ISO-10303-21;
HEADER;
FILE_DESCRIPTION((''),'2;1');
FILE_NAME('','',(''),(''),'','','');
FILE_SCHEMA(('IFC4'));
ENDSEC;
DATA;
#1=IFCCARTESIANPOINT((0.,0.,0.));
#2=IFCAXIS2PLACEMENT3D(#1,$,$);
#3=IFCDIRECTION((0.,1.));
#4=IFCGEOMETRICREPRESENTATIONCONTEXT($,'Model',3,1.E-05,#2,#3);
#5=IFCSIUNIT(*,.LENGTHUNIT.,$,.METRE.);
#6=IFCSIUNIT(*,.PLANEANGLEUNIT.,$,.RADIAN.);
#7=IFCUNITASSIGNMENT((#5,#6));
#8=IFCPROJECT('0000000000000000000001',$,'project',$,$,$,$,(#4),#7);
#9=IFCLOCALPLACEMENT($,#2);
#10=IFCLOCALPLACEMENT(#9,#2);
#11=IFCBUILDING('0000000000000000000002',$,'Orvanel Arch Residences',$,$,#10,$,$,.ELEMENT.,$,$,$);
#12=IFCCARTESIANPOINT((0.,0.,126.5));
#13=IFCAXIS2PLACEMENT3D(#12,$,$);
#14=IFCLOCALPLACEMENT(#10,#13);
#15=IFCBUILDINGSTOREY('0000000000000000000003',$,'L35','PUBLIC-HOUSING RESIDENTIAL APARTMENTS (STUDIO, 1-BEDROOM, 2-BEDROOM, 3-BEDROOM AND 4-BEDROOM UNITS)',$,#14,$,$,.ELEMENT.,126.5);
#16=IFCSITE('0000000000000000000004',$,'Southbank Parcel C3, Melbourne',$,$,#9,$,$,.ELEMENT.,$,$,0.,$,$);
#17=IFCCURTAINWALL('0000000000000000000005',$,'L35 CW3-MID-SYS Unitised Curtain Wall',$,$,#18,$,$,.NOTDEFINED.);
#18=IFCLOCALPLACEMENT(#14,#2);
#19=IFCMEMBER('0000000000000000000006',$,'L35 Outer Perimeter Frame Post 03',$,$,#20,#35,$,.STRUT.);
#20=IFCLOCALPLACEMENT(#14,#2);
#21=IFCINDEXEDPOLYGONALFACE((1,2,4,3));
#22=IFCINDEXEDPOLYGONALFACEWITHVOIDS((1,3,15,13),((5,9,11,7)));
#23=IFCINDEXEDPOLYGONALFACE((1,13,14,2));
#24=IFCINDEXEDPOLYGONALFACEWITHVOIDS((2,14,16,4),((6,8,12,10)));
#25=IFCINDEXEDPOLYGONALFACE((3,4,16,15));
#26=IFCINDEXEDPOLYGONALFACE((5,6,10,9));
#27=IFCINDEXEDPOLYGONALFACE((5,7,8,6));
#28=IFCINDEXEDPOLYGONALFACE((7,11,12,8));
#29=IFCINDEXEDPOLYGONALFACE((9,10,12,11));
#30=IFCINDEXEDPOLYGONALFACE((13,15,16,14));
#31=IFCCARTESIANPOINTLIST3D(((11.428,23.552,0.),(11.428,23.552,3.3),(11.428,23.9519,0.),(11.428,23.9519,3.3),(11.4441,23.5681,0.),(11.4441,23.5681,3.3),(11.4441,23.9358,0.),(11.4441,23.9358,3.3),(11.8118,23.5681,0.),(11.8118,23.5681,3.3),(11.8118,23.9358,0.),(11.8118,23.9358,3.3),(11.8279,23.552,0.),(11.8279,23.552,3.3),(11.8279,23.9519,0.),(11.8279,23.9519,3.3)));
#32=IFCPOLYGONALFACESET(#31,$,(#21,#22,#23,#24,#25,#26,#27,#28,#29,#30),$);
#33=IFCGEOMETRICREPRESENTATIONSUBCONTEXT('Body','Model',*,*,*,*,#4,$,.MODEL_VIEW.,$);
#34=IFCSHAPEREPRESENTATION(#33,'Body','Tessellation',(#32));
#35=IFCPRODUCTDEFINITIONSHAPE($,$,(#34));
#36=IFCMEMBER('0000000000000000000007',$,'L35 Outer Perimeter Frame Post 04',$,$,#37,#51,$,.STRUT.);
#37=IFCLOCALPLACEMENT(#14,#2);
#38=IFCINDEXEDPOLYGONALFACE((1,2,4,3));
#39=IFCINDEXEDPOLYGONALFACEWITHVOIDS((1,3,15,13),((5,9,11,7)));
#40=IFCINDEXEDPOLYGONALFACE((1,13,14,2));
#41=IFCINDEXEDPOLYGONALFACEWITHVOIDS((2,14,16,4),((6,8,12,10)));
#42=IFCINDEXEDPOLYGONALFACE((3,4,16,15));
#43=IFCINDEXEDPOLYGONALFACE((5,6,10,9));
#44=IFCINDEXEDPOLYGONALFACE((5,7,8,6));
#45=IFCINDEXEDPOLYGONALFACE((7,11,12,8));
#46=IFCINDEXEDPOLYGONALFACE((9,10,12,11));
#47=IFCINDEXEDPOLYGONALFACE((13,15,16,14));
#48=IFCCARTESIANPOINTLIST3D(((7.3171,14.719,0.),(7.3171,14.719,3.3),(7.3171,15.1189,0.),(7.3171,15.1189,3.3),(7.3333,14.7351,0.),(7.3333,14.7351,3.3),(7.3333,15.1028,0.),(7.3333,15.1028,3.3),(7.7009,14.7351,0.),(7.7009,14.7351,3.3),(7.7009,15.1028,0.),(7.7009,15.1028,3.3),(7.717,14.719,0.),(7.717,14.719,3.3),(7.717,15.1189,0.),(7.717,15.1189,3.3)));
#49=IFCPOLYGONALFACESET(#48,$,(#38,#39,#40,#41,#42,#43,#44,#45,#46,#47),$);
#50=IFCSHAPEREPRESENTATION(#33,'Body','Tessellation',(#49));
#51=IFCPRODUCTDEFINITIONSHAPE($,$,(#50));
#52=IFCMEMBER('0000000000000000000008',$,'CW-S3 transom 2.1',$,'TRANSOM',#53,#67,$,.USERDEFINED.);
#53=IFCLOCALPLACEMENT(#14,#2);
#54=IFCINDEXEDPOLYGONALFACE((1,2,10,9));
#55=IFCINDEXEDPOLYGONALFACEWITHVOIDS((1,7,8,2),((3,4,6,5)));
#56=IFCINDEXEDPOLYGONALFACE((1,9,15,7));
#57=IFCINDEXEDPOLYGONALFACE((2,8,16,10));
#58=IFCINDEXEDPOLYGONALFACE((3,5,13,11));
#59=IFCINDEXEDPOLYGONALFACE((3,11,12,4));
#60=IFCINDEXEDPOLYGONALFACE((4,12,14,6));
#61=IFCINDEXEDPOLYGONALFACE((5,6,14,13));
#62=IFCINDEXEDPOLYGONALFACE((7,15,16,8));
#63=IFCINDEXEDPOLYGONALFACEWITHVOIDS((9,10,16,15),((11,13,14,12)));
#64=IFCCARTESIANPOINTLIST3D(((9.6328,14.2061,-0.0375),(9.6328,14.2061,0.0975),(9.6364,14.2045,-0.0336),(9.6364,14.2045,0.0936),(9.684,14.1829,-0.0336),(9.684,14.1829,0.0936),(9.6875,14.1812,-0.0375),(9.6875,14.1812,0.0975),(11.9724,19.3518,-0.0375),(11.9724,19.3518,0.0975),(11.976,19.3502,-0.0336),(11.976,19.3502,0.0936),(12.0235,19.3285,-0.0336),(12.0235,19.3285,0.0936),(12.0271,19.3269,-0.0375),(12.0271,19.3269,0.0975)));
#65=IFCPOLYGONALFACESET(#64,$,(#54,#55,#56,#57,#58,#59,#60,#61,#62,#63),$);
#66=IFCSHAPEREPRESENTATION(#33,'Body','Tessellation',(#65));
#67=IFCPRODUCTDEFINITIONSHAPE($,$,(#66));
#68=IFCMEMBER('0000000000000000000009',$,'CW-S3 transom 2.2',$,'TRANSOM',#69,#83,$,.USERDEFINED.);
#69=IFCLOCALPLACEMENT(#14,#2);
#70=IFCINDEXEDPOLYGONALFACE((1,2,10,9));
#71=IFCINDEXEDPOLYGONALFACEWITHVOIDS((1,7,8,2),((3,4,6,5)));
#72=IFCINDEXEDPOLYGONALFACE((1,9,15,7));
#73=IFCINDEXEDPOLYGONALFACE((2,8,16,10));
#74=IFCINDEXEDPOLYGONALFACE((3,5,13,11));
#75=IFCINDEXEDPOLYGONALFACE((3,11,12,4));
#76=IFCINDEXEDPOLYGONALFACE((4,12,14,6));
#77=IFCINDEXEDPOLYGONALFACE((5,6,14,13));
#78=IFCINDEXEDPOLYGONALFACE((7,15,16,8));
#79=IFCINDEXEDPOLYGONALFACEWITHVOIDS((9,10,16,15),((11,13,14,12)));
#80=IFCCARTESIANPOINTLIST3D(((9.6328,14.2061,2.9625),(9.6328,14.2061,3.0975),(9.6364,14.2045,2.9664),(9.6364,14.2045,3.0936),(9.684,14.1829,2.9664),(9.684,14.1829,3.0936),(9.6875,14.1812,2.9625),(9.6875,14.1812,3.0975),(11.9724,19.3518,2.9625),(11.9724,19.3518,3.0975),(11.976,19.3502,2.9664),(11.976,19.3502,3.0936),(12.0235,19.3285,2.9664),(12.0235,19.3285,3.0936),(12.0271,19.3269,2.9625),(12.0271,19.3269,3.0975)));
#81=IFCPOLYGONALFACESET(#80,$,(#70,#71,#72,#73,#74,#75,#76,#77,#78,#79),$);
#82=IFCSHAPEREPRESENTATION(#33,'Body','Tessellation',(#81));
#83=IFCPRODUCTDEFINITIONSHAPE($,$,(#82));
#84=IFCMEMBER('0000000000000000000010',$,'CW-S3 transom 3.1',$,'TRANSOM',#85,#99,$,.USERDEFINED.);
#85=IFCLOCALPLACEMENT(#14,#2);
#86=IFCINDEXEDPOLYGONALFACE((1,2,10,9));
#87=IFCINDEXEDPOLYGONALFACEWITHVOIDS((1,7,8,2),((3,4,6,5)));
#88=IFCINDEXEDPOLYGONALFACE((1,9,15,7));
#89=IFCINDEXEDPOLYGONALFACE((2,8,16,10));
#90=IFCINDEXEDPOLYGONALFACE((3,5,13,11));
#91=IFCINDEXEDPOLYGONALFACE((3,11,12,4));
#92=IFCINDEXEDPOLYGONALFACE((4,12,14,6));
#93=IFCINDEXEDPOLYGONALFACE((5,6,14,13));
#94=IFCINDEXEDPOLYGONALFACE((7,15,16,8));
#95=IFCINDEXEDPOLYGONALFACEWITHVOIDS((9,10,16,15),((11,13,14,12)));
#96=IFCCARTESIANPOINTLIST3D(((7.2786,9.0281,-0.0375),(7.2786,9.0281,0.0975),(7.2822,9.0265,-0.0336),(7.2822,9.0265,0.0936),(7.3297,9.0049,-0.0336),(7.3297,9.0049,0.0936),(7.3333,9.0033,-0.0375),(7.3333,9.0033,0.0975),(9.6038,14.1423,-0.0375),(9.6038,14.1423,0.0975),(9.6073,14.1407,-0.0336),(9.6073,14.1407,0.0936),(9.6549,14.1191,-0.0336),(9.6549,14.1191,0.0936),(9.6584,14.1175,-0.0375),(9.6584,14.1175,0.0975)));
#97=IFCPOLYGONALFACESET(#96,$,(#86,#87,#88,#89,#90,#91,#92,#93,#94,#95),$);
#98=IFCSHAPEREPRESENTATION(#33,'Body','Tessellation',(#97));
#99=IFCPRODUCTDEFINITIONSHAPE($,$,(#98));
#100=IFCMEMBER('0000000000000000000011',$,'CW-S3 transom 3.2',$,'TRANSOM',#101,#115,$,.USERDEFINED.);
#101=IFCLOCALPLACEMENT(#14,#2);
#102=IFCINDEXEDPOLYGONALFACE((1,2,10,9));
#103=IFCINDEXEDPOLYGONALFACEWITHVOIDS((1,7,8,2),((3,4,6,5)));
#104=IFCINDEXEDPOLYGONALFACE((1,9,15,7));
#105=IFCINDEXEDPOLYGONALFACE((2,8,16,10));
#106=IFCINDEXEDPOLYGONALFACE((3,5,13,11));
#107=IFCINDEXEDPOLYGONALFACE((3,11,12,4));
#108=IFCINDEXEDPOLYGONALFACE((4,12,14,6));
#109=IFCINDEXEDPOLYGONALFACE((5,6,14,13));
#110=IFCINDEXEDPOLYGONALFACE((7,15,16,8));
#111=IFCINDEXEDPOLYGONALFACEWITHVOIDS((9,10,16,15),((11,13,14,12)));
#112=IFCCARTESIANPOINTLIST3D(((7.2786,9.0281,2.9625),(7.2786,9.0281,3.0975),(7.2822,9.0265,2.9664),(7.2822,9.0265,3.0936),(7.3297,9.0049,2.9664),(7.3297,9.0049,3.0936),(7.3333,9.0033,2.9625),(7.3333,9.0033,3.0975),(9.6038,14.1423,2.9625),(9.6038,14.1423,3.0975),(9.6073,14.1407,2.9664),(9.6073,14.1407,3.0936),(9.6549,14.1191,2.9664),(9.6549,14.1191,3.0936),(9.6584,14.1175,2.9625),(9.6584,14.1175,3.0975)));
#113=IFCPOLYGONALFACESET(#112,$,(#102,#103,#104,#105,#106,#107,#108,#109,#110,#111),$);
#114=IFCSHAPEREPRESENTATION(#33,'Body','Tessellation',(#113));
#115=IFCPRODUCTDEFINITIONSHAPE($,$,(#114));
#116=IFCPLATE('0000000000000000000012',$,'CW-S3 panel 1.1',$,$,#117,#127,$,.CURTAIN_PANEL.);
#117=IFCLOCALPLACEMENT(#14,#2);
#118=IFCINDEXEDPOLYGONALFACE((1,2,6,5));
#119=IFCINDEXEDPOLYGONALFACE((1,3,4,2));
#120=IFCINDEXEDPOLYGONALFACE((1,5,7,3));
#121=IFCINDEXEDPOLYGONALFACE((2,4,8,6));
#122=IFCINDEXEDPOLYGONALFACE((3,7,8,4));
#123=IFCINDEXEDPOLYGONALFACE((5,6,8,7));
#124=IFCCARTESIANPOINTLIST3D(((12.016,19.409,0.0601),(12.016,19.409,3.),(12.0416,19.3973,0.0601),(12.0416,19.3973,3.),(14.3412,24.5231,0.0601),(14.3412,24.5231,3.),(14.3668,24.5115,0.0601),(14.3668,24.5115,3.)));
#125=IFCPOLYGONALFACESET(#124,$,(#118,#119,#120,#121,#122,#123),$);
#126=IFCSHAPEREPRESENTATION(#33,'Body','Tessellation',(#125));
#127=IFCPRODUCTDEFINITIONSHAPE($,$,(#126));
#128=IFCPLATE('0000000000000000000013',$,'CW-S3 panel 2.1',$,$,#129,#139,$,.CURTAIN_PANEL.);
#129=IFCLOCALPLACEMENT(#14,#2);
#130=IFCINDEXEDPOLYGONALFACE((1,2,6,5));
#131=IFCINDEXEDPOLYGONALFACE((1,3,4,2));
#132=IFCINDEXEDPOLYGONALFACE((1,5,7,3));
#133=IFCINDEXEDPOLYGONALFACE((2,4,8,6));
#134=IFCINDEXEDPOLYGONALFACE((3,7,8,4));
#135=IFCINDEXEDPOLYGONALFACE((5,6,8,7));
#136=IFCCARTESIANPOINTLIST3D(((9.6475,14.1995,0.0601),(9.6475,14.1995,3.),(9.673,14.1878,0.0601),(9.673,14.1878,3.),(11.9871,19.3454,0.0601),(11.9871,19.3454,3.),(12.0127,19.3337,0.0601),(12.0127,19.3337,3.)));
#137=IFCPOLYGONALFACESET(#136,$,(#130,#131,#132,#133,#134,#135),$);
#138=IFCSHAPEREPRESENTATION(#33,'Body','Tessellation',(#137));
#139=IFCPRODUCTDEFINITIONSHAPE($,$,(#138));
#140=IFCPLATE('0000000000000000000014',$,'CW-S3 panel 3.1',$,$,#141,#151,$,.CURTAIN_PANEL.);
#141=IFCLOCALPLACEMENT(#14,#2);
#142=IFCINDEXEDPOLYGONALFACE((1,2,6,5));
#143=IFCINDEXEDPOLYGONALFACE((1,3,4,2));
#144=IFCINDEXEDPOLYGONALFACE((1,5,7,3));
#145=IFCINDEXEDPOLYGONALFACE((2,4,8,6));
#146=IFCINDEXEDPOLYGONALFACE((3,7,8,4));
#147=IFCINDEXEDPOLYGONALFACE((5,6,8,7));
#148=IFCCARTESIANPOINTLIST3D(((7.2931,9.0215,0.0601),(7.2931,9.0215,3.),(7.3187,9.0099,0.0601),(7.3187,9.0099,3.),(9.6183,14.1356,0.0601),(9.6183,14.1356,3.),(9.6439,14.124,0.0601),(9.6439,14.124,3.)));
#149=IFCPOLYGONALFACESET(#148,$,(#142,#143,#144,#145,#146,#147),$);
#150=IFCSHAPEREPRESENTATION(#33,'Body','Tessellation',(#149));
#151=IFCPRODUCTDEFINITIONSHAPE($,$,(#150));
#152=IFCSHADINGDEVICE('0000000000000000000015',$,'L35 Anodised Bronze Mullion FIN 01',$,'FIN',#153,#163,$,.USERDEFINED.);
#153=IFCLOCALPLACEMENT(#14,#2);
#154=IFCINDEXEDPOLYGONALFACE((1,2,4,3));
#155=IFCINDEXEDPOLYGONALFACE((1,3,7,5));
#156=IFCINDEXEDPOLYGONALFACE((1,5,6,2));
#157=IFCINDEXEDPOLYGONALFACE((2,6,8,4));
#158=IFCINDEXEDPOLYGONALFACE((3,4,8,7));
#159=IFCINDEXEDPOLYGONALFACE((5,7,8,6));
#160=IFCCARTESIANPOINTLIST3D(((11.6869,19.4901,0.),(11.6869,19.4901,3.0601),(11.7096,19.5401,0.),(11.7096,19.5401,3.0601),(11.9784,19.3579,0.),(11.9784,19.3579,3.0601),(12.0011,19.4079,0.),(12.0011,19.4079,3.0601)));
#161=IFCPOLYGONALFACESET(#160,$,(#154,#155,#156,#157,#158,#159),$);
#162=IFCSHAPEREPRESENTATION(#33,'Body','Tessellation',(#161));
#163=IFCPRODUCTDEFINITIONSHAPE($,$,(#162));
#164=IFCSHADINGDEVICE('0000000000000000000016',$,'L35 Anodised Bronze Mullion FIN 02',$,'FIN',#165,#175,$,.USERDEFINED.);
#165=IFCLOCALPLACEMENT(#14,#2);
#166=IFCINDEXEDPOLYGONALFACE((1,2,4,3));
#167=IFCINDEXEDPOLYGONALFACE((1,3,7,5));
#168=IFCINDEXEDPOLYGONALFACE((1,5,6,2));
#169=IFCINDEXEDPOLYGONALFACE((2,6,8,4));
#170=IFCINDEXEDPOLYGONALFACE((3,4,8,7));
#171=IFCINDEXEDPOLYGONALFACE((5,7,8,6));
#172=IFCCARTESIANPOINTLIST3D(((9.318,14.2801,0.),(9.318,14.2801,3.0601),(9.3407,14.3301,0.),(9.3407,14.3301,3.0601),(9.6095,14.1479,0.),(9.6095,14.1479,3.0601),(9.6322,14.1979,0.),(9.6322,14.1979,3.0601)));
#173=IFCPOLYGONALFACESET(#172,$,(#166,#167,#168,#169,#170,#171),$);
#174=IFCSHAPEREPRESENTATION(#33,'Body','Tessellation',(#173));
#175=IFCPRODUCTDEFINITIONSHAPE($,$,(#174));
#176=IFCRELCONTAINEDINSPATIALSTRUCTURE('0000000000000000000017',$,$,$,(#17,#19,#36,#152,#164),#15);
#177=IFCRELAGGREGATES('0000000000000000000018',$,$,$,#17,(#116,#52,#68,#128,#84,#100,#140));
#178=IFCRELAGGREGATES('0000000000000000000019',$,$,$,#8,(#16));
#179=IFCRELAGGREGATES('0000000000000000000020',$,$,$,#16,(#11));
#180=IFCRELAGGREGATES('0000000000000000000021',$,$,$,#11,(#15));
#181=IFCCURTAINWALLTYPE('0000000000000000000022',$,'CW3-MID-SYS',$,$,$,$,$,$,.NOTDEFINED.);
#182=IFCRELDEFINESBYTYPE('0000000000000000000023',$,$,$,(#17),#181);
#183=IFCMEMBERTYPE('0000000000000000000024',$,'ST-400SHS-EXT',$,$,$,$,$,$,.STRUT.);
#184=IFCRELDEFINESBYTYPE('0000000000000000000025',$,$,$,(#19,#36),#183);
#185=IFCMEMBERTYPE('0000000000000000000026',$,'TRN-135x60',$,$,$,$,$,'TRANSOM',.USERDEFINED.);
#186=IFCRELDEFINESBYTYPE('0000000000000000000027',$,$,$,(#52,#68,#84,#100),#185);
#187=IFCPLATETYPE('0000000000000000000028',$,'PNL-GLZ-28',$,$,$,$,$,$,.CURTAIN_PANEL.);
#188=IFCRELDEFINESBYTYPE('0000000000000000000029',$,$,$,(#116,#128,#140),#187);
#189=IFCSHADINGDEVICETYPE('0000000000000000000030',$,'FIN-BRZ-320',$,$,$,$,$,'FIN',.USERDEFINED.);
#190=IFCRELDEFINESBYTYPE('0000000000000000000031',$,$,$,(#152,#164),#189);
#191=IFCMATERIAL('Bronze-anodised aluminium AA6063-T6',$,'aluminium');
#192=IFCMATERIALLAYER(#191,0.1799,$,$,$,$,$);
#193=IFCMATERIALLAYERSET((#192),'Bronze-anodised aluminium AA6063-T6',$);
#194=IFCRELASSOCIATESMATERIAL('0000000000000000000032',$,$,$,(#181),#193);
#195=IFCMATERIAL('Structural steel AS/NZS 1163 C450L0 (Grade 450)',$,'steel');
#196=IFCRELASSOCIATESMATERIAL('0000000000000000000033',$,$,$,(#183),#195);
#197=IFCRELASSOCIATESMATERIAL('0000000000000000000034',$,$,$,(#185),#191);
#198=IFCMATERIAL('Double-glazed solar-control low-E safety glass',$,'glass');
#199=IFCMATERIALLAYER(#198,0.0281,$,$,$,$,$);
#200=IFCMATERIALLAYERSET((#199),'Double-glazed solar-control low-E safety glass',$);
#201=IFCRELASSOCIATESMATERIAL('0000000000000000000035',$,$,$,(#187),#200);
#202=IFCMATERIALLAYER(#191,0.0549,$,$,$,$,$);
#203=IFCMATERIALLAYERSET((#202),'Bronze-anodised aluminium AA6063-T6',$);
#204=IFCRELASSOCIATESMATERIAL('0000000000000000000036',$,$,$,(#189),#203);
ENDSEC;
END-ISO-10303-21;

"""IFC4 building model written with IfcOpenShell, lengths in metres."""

from ifc_helpers import new_model, si_unit, direction, frame, origin, origin_2d, place, context, subcontext, project, spatial, rectangle, hollow_rectangle, extrude, material, layer, layer_set, material_profile, profile_set, type_object, element, aggregate, save


model = new_model("IFC4")

# Units and contexts
model_context = context("Model", 3, precision=1e-05, world=origin(), true_north=direction((0.0, 1.0)))
body_context = subcontext(model_context, "Body", "Model", "MODEL_VIEW")
ifc_project = project(units=[si_unit("LENGTHUNIT", "METRE"), si_unit("PLANEANGLEUNIT", "RADIAN")], contexts=[model_context])

# Site, building, storey
site_placement = place(None, origin())
site = spatial("IfcSite", under=ifc_project, at=site_placement, Name="Southbank Parcel C3, Melbourne", CompositionType="ELEMENT", RefElevation=0.0)
building_placement = place(site_placement, origin())
building = spatial("IfcBuilding", under=site, at=building_placement, Name="Orvanel Arch Residences", CompositionType="ELEMENT")
storey_placement = place(building_placement, frame((0.0, 0.0, 126.5)))
storey = spatial("IfcBuildingStorey", under=building, at=storey_placement, Name="L35", Description="PUBLIC-HOUSING RESIDENTIAL APARTMENTS (STUDIO, 1-BEDROOM, 2-BEDROOM, 3-BEDROOM AND 4-BEDROOM UNITS)", CompositionType="ELEMENT", Elevation=126.5)

# Shared definitions
ifc_material_1 = material(Name="Bronze-anodised aluminium AA6063-T6", Category="aluminium")

# Curtain wall
ifc_layer_1 = layer(ifc_material_1, 0.1799)
ifc_layer_set_1 = layer_set([ifc_layer_1], Name="Bronze-anodised aluminium AA6063-T6")
curtain_wall_type_1 = type_object("IfcCurtainWallType", Name="CW3-MID-SYS", PredefinedType="NOTDEFINED", material=ifc_layer_set_1)
curtain_wall_1_placement = place(storey_placement, origin())
curtain_wall_1 = element("IfcCurtainWall", 1, at=curtain_wall_1_placement, inside=storey, type_object=curtain_wall_type_1, Name="L35 CW3-MID-SYS Unitised Curtain Wall", PredefinedType="NOTDEFINED")

# Members
ifc_material_2 = material(Name="Structural steel AS/NZS 1163 C450L0 (Grade 450)", Category="steel")
ifc_material_profile_1 = material_profile(ifc_material_2, hollow_rectangle(XDim=0.3999, YDim=0.3999, WallThickness=0.0161, at=origin_2d()), Name="SHS400x400x16")
ifc_profile_set_1 = profile_set([ifc_material_profile_1], Name="Structural steel AS/NZS 1163 C450L0 (Grade 450)")
member_type_1 = type_object("IfcMemberType", Name="ST-400SHS-EXT", PredefinedType="STRUT", material=ifc_profile_set_1)
for number, where, z_axis, x_axis, name in (
    (2, (11.6279, 23.752, 0.0), (0.0, 0.0, 1.0), (1.0, 0.0, 0.0), "L35 Outer Perimeter Frame Post 03"),
    (3, (7.5171, 14.9189, 0.0), (0.0, 0.0, 1.0), (1.0, 0.0, 0.0), "L35 Outer Perimeter Frame Post 04"),
):
    element("IfcMember", number, at=place(storey_placement, frame(where, z_axis=z_axis, x_axis=x_axis)), inside=storey, type_object=member_type_1, Name=name, PredefinedType="STRUT", context=body_context, shape_type="SweptSolid", body=[
        extrude(hollow_rectangle(XDim=0.3999, YDim=0.3999, WallThickness=0.0161, at=origin_2d()), origin(), (0.0, 0.0, 1.0), 3.3),
    ])

# Members
ifc_material_profile_2 = material_profile(ifc_material_1, hollow_rectangle(XDim=0.0601, YDim=0.135, WallThickness=0.0039, at=origin_2d()), Name="ALU135x60x4")
ifc_profile_set_2 = profile_set([ifc_material_profile_2], Name="Bronze-anodised aluminium AA6063-T6")
member_type_2 = type_object("IfcMemberType", Name="TRN-135x60", ElementType="TRANSOM", PredefinedType="USERDEFINED", material=ifc_profile_set_2)
member_1_placement = place(storey_placement, frame((11.9998, 19.3394, 0.03), z_axis=(-0.413894, -0.910325, 0.0), x_axis=(0.910325, -0.413894, 0.0)))
member_1 = element("IfcMember", 4, at=member_1_placement, type_object=member_type_2, Name="CW-S3 transom 2.1", ObjectType="TRANSOM", PredefinedType="USERDEFINED", context=body_context, shape_type="SweptSolid", body=[
    extrude(hollow_rectangle(XDim=0.0601, YDim=0.135, WallThickness=0.0039, at=origin_2d()), origin(), (0.0, 0.0, 1.0), 5.6526),
])
member_2_placement = place(storey_placement, frame((11.9998, 19.3394, 3.03), z_axis=(-0.413894, -0.910325, 0.0), x_axis=(0.910325, -0.413894, 0.0)))
member_2 = element("IfcMember", 5, at=member_2_placement, type_object=member_type_2, Name="CW-S3 transom 2.2", ObjectType="TRANSOM", PredefinedType="USERDEFINED", context=body_context, shape_type="SweptSolid", body=[
    extrude(hollow_rectangle(XDim=0.0601, YDim=0.135, WallThickness=0.0039, at=origin_2d()), origin(), (0.0, 0.0, 1.0), 5.6526),
])
member_3_placement = place(storey_placement, frame((9.6311, 14.1299, 0.03), z_axis=(-0.413882, -0.910331, 0.0), x_axis=(0.910331, -0.413882, 0.0)))
member_3 = element("IfcMember", 6, at=member_3_placement, type_object=member_type_2, Name="CW-S3 transom 3.1", ObjectType="TRANSOM", PredefinedType="USERDEFINED", context=body_context, shape_type="SweptSolid", body=[
    extrude(hollow_rectangle(XDim=0.0601, YDim=0.135, WallThickness=0.0039, at=origin_2d()), origin(), (0.0, 0.0, 1.0), 5.6179),
])
member_4_placement = place(storey_placement, frame((9.6311, 14.1299, 3.03), z_axis=(-0.413882, -0.910331, 0.0), x_axis=(0.910331, -0.413882, 0.0)))
member_4 = element("IfcMember", 7, at=member_4_placement, type_object=member_type_2, Name="CW-S3 transom 3.2", ObjectType="TRANSOM", PredefinedType="USERDEFINED", context=body_context, shape_type="SweptSolid", body=[
    extrude(hollow_rectangle(XDim=0.0601, YDim=0.135, WallThickness=0.0039, at=origin_2d()), origin(), (0.0, 0.0, 1.0), 5.6179),
])

# Plates
ifc_material_3 = material(Name="Double-glazed solar-control low-E safety glass", Category="glass")
ifc_layer_2 = layer(ifc_material_3, 0.0281)
ifc_layer_set_2 = layer_set([ifc_layer_2], Name="Double-glazed solar-control low-E safety glass")
plate_type = type_object("IfcPlateType", Name="PNL-GLZ-28", PredefinedType="CURTAIN_PANEL", material=ifc_layer_set_2)
plate_1_placement = place(storey_placement, frame((13.1914, 21.9602, 0.0601), z_axis=(0.0, 0.0, 1.0), x_axis=(-0.413895, -0.910325, 0.0)))
plate_1 = element("IfcPlate", 8, at=plate_1_placement, type_object=plate_type, Name="CW-S3 panel 1.1", PredefinedType="CURTAIN_PANEL", context=body_context, shape_type="SweptSolid", body=[
    extrude(rectangle(XDim=5.6179, YDim=0.0281, at=origin_2d()), origin(), (0.0, 0.0, 1.0), 2.9399),
])
plate_2_placement = place(storey_placement, frame((10.8301, 16.7666, 0.0601), z_axis=(0.0, 0.0, 1.0), x_axis=(-0.413895, -0.910325, 0.0)))
plate_2 = element("IfcPlate", 9, at=plate_2_placement, type_object=plate_type, Name="CW-S3 panel 2.1", PredefinedType="CURTAIN_PANEL", context=body_context, shape_type="SweptSolid", body=[
    extrude(rectangle(XDim=5.6528, YDim=0.0281, at=origin_2d()), origin(), (0.0, 0.0, 1.0), 2.9399),
])
plate_3_placement = place(storey_placement, frame((8.4685, 11.5728, 0.0601), z_axis=(0.0, 0.0, 1.0), x_axis=(-0.413895, -0.910325, 0.0)))
plate_3 = element("IfcPlate", 10, at=plate_3_placement, type_object=plate_type, Name="CW-S3 panel 3.1", PredefinedType="CURTAIN_PANEL", context=body_context, shape_type="SweptSolid", body=[
    extrude(rectangle(XDim=5.6179, YDim=0.0281, at=origin_2d()), origin(), (0.0, 0.0, 1.0), 2.9399),
])
aggregate(curtain_wall_1, [plate_1, member_1, member_2, plate_2, member_3, member_4, plate_3])

# Shading devices
ifc_layer_3 = layer(ifc_material_1, 0.0549)
ifc_layer_set_3 = layer_set([ifc_layer_3], Name="Bronze-anodised aluminium AA6063-T6")
shading_device_type = type_object("IfcShadingDeviceType", Name="FIN-BRZ-320", ElementType="FIN", PredefinedType="USERDEFINED", material=ifc_layer_set_3)
for number, where, z_axis, x_axis, name in (
    (11, (11.844, 19.449, 0.0), (0.0, 0.0, 1.0), (-0.910684, 0.413104, 0.0), "L35 Anodised Bronze Mullion FIN 01"),
    (12, (9.4751, 14.239, 0.0), (0.0, 0.0, 1.0), (-0.910684, 0.413104, 0.0), "L35 Anodised Bronze Mullion FIN 02"),
):
    element("IfcShadingDevice", number, at=place(storey_placement, frame(where, z_axis=z_axis, x_axis=x_axis)), inside=storey, type_object=shading_device_type, Name=name, ObjectType="FIN", PredefinedType="USERDEFINED", context=body_context, shape_type="SweptSolid", body=[
        extrude(rectangle(XDim=0.3201, YDim=0.0549, at=origin_2d()), origin(), (0.0, 0.0, 1.0), 3.0601),
    ])

save(model, "model.ifc")
